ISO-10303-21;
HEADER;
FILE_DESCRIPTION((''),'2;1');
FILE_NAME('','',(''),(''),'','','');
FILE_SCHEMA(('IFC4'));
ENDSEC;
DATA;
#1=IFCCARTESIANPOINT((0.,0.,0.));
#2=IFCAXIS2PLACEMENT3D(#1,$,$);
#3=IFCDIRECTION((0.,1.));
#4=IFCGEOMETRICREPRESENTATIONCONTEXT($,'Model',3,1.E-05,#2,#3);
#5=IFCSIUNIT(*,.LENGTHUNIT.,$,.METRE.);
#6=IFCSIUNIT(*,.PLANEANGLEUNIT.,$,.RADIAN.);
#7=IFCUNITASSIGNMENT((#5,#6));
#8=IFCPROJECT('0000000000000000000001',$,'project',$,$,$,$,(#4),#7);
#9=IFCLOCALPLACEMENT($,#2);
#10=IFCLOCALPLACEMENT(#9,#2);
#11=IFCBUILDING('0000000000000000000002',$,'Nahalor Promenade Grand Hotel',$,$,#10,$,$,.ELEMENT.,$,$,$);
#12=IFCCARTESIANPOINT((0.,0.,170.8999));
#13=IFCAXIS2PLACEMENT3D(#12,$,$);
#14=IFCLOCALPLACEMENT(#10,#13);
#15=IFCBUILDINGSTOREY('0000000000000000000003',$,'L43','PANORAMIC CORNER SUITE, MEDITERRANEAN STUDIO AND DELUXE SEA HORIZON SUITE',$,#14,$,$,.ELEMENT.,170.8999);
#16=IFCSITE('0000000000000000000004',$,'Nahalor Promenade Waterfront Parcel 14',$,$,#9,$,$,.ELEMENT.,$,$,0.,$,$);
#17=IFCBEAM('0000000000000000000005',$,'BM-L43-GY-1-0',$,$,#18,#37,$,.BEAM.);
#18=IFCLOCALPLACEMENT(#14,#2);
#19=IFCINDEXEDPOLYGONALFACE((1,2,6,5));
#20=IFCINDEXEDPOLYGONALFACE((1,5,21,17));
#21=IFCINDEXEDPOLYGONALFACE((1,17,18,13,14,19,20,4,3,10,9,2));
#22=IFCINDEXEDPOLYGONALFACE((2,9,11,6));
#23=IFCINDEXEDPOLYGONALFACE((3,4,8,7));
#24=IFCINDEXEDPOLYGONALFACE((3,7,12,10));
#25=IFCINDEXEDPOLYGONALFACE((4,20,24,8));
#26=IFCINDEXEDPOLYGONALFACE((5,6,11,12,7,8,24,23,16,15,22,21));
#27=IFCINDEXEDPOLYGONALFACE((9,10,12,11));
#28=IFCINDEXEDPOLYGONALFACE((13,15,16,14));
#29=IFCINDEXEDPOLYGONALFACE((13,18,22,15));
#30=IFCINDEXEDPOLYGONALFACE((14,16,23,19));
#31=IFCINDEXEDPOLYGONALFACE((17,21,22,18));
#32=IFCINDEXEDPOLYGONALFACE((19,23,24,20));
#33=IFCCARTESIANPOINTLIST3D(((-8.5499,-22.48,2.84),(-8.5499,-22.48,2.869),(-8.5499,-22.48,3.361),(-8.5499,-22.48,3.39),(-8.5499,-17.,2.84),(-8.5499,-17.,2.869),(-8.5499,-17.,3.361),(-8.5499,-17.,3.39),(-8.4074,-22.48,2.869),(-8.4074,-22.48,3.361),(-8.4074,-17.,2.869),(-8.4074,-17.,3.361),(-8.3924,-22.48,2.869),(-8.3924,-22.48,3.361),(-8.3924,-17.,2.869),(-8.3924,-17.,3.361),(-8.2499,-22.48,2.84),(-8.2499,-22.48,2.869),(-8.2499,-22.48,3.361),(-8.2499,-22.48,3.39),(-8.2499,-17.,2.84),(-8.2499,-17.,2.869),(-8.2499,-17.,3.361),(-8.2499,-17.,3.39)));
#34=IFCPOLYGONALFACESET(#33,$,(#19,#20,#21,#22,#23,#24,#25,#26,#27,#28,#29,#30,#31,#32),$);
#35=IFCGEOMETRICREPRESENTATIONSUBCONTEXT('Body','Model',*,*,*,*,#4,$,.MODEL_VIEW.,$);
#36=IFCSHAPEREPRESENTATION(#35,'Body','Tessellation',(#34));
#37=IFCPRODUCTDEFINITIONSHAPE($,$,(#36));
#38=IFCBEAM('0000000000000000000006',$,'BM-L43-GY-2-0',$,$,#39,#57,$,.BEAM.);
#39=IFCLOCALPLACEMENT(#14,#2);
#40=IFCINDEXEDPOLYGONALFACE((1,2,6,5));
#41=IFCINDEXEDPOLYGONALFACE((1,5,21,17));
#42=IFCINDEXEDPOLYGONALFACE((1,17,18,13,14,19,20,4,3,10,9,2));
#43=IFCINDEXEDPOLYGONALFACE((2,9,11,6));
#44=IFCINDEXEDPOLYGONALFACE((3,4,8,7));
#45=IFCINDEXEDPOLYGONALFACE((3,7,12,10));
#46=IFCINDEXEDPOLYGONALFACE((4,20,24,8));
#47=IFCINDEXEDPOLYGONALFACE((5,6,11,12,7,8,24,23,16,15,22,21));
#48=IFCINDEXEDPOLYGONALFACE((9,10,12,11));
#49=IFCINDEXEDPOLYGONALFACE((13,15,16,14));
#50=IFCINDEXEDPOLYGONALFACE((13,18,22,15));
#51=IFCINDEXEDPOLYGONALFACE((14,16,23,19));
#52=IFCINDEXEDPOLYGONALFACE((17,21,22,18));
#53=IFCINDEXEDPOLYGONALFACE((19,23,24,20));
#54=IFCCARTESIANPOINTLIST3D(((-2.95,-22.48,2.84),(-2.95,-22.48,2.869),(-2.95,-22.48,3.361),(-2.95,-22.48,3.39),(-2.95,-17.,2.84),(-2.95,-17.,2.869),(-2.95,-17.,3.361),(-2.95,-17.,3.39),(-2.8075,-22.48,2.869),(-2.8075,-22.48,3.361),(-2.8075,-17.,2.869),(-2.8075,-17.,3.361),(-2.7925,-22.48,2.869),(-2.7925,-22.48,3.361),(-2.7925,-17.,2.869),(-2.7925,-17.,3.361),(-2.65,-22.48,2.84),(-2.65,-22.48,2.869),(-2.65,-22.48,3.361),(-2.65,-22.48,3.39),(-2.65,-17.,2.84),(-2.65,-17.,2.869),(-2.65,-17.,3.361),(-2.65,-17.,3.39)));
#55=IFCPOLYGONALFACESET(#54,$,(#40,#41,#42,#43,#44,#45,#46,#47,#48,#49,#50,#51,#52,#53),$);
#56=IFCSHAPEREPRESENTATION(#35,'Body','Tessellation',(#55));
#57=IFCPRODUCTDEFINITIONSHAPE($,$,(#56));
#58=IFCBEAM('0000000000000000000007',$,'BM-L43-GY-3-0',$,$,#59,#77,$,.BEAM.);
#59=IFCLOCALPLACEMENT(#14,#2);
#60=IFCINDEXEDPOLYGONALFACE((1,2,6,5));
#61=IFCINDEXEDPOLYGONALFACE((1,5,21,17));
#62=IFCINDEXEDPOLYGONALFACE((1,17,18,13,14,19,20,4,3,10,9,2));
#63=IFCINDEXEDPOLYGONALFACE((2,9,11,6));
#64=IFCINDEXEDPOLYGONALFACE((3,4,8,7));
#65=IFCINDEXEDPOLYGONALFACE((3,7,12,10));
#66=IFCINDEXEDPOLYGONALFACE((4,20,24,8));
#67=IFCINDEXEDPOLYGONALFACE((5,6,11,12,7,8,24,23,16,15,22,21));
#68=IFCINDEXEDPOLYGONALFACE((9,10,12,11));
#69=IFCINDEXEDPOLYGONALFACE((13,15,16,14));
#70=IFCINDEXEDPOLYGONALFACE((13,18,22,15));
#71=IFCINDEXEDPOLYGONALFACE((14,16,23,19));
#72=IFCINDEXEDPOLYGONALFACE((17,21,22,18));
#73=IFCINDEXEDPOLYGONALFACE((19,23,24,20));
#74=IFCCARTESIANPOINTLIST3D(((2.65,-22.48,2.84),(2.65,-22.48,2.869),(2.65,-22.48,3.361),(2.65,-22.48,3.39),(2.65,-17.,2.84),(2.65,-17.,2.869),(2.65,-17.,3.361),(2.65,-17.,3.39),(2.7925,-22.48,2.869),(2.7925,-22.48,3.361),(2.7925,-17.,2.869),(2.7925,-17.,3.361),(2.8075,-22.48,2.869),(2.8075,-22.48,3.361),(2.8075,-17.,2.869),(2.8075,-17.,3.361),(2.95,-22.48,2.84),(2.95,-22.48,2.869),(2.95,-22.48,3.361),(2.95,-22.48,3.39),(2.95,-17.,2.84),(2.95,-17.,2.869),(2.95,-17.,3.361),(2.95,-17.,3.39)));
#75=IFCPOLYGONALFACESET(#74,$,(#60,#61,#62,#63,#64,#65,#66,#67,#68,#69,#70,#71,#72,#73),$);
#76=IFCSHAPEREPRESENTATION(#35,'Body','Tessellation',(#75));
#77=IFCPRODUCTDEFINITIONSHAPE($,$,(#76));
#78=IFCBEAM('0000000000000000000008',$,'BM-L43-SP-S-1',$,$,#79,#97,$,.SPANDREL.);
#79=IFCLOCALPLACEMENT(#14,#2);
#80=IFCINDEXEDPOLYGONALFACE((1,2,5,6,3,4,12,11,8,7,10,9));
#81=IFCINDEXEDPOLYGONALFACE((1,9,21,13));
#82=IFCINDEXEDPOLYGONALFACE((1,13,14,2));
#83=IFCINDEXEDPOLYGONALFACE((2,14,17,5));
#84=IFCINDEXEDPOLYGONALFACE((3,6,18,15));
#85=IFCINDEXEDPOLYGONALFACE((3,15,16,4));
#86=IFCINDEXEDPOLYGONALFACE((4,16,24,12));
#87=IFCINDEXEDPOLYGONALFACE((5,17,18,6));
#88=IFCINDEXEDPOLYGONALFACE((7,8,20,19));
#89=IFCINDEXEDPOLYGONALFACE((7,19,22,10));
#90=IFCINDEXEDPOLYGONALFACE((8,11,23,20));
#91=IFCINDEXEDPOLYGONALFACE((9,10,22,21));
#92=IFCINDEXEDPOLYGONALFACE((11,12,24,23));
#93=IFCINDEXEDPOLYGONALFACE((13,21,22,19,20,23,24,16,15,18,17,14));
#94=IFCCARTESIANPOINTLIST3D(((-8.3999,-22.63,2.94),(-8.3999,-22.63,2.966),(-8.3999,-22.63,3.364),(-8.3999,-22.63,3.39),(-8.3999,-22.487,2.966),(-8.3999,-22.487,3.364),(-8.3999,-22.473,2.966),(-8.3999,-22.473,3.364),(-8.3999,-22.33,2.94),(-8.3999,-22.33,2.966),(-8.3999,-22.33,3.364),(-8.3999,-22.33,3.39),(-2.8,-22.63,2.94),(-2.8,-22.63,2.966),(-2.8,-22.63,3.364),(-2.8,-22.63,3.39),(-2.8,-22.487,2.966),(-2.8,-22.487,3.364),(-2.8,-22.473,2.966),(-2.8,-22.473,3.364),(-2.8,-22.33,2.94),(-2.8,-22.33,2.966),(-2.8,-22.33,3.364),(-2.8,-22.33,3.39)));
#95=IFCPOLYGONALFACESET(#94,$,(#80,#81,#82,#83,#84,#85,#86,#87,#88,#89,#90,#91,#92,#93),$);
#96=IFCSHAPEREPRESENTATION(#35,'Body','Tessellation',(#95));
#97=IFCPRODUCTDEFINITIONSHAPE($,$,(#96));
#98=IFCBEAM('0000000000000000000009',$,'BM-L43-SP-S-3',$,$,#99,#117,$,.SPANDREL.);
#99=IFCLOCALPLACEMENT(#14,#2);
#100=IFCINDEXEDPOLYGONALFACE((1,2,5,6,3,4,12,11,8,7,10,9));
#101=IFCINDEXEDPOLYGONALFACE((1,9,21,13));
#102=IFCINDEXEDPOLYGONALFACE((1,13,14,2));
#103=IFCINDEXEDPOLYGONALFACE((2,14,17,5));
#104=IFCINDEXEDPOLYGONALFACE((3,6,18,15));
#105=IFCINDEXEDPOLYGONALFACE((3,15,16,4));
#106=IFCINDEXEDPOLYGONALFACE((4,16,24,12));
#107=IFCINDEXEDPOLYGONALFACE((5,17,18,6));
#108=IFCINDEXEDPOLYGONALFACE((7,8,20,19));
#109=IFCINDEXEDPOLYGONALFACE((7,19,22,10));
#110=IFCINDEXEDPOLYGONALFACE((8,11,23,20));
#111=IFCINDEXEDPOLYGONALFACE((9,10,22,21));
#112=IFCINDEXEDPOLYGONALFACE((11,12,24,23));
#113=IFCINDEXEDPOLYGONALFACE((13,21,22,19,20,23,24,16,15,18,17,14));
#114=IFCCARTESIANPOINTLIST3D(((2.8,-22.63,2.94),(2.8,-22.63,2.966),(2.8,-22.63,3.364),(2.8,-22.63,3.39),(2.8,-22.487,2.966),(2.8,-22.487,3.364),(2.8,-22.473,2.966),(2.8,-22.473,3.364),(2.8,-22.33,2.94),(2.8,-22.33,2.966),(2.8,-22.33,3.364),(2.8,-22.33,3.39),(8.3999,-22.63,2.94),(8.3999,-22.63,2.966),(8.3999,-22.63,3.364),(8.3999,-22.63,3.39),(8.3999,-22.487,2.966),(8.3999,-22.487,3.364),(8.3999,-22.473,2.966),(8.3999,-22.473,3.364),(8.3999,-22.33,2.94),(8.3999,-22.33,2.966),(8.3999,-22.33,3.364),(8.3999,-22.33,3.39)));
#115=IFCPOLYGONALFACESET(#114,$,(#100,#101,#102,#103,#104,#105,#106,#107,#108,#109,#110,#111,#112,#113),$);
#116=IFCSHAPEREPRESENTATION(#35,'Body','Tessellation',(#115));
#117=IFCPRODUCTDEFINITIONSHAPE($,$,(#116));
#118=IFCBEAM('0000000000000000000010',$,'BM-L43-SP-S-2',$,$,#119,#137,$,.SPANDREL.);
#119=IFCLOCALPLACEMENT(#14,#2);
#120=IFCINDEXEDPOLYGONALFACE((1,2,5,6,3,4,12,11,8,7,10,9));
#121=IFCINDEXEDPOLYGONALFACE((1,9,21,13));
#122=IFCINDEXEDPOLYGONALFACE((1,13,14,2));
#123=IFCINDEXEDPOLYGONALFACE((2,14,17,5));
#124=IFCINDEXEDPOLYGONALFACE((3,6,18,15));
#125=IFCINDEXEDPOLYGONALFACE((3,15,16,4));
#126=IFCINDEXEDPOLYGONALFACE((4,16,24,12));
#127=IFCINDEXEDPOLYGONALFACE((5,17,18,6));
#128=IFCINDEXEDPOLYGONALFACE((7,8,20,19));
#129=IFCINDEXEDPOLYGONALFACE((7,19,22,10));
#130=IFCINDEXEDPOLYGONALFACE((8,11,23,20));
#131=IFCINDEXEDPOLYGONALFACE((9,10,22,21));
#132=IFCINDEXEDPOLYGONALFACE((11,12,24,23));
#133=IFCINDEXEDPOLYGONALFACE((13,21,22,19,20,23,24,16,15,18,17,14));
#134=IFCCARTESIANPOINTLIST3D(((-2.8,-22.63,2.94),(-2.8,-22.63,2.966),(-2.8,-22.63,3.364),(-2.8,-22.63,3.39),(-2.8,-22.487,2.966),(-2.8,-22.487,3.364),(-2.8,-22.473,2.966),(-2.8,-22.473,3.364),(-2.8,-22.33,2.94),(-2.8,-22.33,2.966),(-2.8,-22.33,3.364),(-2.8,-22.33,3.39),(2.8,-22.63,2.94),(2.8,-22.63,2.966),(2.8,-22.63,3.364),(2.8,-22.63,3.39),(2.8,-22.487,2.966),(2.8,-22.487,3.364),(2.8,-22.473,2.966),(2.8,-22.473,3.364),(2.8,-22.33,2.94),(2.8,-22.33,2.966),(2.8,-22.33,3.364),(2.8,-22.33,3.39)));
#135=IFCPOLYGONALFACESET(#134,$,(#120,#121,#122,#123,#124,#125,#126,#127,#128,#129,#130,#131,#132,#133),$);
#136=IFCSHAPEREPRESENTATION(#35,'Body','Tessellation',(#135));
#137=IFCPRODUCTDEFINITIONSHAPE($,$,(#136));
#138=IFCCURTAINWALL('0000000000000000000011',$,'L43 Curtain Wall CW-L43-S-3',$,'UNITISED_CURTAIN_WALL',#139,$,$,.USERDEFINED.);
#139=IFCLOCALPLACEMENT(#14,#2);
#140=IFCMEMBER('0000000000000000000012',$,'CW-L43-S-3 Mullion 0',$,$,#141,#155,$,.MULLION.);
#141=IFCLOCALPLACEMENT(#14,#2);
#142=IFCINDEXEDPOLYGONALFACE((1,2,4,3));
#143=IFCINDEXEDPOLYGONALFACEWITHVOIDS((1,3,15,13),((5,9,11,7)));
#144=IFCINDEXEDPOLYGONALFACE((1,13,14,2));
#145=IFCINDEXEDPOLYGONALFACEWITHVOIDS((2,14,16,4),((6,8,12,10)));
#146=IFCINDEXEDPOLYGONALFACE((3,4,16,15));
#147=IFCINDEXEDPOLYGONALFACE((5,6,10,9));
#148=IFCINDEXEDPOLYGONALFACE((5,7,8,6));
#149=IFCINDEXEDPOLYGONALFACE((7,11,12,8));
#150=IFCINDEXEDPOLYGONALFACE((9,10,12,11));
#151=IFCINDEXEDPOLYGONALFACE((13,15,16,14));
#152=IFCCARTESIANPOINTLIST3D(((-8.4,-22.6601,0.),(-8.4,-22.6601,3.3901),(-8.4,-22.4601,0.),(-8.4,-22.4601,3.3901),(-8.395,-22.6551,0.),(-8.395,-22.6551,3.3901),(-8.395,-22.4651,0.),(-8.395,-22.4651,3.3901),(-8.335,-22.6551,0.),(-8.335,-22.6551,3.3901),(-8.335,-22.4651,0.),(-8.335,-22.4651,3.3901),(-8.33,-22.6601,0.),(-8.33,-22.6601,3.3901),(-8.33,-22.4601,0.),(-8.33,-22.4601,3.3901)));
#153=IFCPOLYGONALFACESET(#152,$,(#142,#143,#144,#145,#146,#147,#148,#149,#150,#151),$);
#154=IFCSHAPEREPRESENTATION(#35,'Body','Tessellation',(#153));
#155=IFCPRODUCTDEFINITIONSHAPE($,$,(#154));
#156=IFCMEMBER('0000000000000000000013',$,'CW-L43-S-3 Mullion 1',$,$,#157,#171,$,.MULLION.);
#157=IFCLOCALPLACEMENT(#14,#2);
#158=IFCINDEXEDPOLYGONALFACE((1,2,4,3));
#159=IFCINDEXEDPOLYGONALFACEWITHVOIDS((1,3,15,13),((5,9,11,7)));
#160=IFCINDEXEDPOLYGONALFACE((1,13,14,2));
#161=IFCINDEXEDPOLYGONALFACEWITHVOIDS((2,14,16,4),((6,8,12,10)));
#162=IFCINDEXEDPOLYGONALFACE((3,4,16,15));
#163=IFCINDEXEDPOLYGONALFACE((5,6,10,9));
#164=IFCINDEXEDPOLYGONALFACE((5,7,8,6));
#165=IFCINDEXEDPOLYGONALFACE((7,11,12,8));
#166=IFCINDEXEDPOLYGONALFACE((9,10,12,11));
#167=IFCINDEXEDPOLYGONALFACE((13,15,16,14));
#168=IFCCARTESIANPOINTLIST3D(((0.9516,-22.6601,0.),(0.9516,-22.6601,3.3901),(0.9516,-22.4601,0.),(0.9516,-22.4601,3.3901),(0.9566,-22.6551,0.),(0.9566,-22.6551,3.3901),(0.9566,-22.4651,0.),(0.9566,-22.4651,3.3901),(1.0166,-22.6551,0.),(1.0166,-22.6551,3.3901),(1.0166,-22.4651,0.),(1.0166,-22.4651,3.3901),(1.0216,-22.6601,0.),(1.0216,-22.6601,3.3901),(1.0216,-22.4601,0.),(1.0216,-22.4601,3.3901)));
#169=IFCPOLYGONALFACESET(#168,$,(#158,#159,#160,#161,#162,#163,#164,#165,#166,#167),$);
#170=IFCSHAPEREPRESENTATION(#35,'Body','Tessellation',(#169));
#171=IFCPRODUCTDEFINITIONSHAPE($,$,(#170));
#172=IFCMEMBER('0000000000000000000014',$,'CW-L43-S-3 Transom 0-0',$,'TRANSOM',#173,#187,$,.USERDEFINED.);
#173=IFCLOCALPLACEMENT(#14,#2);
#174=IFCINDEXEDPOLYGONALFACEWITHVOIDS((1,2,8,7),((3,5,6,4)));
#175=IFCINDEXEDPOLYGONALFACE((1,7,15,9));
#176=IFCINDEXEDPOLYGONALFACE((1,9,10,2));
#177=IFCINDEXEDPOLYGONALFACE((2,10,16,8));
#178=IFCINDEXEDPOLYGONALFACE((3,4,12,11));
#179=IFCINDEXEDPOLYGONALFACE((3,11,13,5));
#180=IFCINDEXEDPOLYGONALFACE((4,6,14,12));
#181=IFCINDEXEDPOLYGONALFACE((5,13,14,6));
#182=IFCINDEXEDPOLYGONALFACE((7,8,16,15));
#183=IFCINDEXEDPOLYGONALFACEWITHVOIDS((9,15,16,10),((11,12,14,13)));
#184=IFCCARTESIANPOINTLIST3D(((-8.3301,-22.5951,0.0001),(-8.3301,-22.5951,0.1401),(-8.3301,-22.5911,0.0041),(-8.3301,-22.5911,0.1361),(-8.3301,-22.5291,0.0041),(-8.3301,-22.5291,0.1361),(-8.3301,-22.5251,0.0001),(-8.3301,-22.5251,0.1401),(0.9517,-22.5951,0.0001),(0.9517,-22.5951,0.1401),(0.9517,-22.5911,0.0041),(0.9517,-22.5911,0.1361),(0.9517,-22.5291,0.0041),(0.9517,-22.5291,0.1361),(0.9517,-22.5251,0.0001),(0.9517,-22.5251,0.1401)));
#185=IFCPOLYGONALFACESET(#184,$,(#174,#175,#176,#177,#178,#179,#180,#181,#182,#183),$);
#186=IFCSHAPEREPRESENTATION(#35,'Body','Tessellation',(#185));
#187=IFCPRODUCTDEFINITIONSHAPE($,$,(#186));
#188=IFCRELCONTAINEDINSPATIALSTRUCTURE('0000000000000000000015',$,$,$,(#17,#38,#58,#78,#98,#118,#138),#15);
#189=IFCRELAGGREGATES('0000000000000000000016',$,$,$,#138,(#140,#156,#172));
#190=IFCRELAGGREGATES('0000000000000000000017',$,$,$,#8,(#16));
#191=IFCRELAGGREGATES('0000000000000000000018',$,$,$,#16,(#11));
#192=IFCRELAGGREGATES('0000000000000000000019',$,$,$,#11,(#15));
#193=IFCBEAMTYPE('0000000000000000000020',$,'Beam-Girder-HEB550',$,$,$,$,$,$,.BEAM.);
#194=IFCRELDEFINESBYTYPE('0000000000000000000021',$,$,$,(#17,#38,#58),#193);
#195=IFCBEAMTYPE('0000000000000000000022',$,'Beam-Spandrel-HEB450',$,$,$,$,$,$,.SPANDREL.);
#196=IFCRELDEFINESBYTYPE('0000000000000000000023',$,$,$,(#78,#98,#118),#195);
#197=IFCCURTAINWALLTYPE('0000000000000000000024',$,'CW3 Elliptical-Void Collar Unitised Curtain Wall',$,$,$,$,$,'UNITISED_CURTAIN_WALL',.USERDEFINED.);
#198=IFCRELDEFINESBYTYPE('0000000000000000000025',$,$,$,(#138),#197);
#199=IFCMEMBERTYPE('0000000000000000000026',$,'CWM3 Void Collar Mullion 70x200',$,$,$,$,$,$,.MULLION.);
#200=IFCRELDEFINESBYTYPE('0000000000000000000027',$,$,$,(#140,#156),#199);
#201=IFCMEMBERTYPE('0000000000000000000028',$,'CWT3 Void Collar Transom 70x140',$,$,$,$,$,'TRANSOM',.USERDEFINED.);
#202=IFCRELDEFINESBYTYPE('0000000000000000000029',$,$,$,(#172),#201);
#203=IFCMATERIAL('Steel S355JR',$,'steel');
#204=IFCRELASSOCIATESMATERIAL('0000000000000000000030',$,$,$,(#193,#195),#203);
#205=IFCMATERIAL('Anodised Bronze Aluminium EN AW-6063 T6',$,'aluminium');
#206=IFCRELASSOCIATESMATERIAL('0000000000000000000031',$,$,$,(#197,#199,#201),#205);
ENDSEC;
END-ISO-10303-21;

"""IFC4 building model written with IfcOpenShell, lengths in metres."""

from ifc_helpers import new_model, si_unit, direction, frame, origin, origin_2d, place, context, subcontext, project, spatial, hollow_rectangle, i_section, extrude, source, transform, mapped, material, material_profile, profile_set, type_object, element, aggregate, save


model = new_model("IFC4")

# Units and contexts
model_context = context("Model", 3, precision=1e-05, world=origin(), true_north=direction((0.0, 1.0)))
body_context = subcontext(model_context, "Body", "Model", "MODEL_VIEW")
ifc_project = project(units=[si_unit("LENGTHUNIT", "METRE"), si_unit("PLANEANGLEUNIT", "RADIAN")], contexts=[model_context])

# Site, building, storey
site_placement = place(None, origin())
site = spatial("IfcSite", under=ifc_project, at=site_placement, Name="Nahalor Promenade Waterfront Parcel 14", CompositionType="ELEMENT", RefElevation=0.0)
building_placement = place(site_placement, origin())
building = spatial("IfcBuilding", under=site, at=building_placement, Name="Nahalor Promenade Grand Hotel", CompositionType="ELEMENT")
storey_placement = place(building_placement, frame((0.0, 0.0, 170.8999)))
storey = spatial("IfcBuildingStorey", under=building, at=storey_placement, Name="L43", Description="PANORAMIC CORNER SUITE, MEDITERRANEAN STUDIO AND DELUXE SEA HORIZON SUITE", CompositionType="ELEMENT", Elevation=170.8999)

# Beams
ifc_material_1 = material(Name="Steel S355JR", Category="steel")
ifc_material_profile_1 = material_profile(ifc_material_1, i_section(OverallWidth=0.3, OverallDepth=0.55, WebThickness=0.015, FlangeThickness=0.029, at=origin_2d()), Name="HEB 550")
ifc_profile_set_1 = profile_set([ifc_material_profile_1], Name="Steel S355JR")
beam_type_1 = type_object("IfcBeamType", Name="Beam-Girder-HEB550", PredefinedType="BEAM", material=ifc_profile_set_1)
shared_shape_1 = source(origin(), body_context, "Body", "SweptSolid", [
    extrude(i_section(OverallWidth=0.3, OverallDepth=0.55, WebThickness=0.015, FlangeThickness=0.029, at=origin_2d()), origin(), (0.0, 0.0, 1.0), 5.48),
])
for number, where, z_axis, x_axis, name in (
    (1, (-8.3999, -22.48, 3.115), (0.0, 1.0, 0.0), (-1.0, 0.0, 0.0), "BM-L43-GY-1-0"),
    (2, (-2.8, -22.48, 3.115), (0.0, 1.0, 0.0), (-1.0, 0.0, 0.0), "BM-L43-GY-2-0"),
    (3, (2.8, -22.48, 3.115), (0.0, 1.0, 0.0), (-1.0, 0.0, 0.0), "BM-L43-GY-3-0"),
):
    element("IfcBeam", number, at=place(storey_placement, frame(where, z_axis=z_axis, x_axis=x_axis)), inside=storey, type_object=beam_type_1, Name=name, PredefinedType="BEAM", context=body_context, shape_type="MappedRepresentation", body=[
        mapped(shared_shape_1, transform((0.0, 0.0, 0.0), scale=1.0)),
    ])
ifc_material_profile_2 = material_profile(ifc_material_1, i_section(OverallWidth=0.3, OverallDepth=0.45, WebThickness=0.014, FlangeThickness=0.026, at=origin_2d()), Name="HEB 450")
ifc_profile_set_2 = profile_set([ifc_material_profile_2], Name="Steel S355JR")
beam_type_2 = type_object("IfcBeamType", Name="Beam-Spandrel-HEB450", PredefinedType="SPANDREL", material=ifc_profile_set_2)
shared_shape_2 = source(origin(), body_context, "Body", "SweptSolid", [
    extrude(i_section(OverallWidth=0.3, OverallDepth=0.45, WebThickness=0.014, FlangeThickness=0.026, at=origin_2d()), origin(), (0.0, 0.0, 1.0), 5.5999),
])
for number, where, z_axis, x_axis, name in (
    (4, (-8.3999, -22.48, 3.165), (1.0, 0.0, 0.0), (0.0, 1.0, 0.0), "BM-L43-SP-S-1"),
    (5, (2.8, -22.48, 3.165), (1.0, 0.0, 0.0), (0.0, 1.0, 0.0), "BM-L43-SP-S-3"),
):
    element("IfcBeam", number, at=place(storey_placement, frame(where, z_axis=z_axis, x_axis=x_axis)), inside=storey, type_object=beam_type_2, Name=name, PredefinedType="SPANDREL", context=body_context, shape_type="MappedRepresentation", body=[
        mapped(shared_shape_2, transform((0.0, 0.0, 0.0), scale=1.0)),
    ])
shared_shape_3 = source(origin(), body_context, "Body", "SweptSolid", [
    extrude(i_section(OverallWidth=0.3, OverallDepth=0.45, WebThickness=0.014, FlangeThickness=0.026, at=origin_2d()), origin(), (0.0, 0.0, 1.0), 5.6001),
])
beam_1_placement = place(storey_placement, frame((-2.8, -22.48, 3.165), z_axis=(1.0, 0.0, 0.0), x_axis=(0.0, 1.0, 0.0)))
element("IfcBeam", 6, at=beam_1_placement, inside=storey, type_object=beam_type_2, Name="BM-L43-SP-S-2", PredefinedType="SPANDREL", context=body_context, shape_type="MappedRepresentation", body=[
    mapped(shared_shape_3, transform((0.0, 0.0, 0.0), scale=1.0)),
])

# Curtain wall, members
ifc_material_2 = material(Name="Anodised Bronze Aluminium EN AW-6063 T6", Category="aluminium")
curtain_wall_type = type_object("IfcCurtainWallType", Name="CW3 Elliptical-Void Collar Unitised Curtain Wall", ElementType="UNITISED_CURTAIN_WALL", PredefinedType="USERDEFINED", material=ifc_material_2)
curtain_wall_placement = place(storey_placement, origin())
curtain_wall = element("IfcCurtainWall", 7, at=curtain_wall_placement, inside=storey, type_object=curtain_wall_type, Name="L43 Curtain Wall CW-L43-S-3", ObjectType="UNITISED_CURTAIN_WALL", PredefinedType="USERDEFINED")
ifc_material_profile_3 = material_profile(ifc_material_2, hollow_rectangle(XDim=0.07, YDim=0.2, WallThickness=0.005, at=origin_2d()), Name="CWM 70x200x5")
ifc_profile_set_3 = profile_set([ifc_material_profile_3], Name="Anodised Bronze Aluminium EN AW-6063 T6")
member_type_1 = type_object("IfcMemberType", Name="CWM3 Void Collar Mullion 70x200", PredefinedType="MULLION", material=ifc_profile_set_3)
shared_shape_4 = source(origin(), body_context, "Body", "SweptSolid", [
    extrude(hollow_rectangle(XDim=0.07, YDim=0.2, WallThickness=0.005, at=origin_2d()), origin(), (0.0, 0.0, 1.0), 3.3901),
])
member_1_placement = place(storey_placement, frame((-8.365, -22.5601, 0.0), z_axis=(0.0, 0.0, 1.0), x_axis=(1.0, 0.0, 0.0)))
member_1 = element("IfcMember", 8, at=member_1_placement, type_object=member_type_1, Name="CW-L43-S-3 Mullion 0", PredefinedType="MULLION", context=body_context, shape_type="MappedRepresentation", body=[
    mapped(shared_shape_4, transform((0.0, 0.0, 0.0), scale=1.0)),
])
member_2_placement = place(storey_placement, frame((0.9866, -22.5601, 0.0), z_axis=(0.0, 0.0, 1.0), x_axis=(1.0, 0.0, 0.0)))
member_2 = element("IfcMember", 9, at=member_2_placement, type_object=member_type_1, Name="CW-L43-S-3 Mullion 1", PredefinedType="MULLION", context=body_context, shape_type="MappedRepresentation", body=[
    mapped(shared_shape_4, transform((0.0, 0.0, 0.0), scale=1.0)),
])
ifc_material_profile_4 = material_profile(ifc_material_2, hollow_rectangle(XDim=0.07, YDim=0.14, WallThickness=0.004, at=origin_2d()), Name="CWT 70x140x4")
ifc_profile_set_4 = profile_set([ifc_material_profile_4], Name="Anodised Bronze Aluminium EN AW-6063 T6")
member_type_2 = type_object("IfcMemberType", Name="CWT3 Void Collar Transom 70x140", ElementType="TRANSOM", PredefinedType="USERDEFINED", material=ifc_profile_set_4)
shared_shape_5 = source(origin(), body_context, "Body", "SweptSolid", [
    extrude(hollow_rectangle(XDim=0.07, YDim=0.14, WallThickness=0.004, at=origin_2d()), origin(), (0.0, 0.0, 1.0), 9.2817),
])
member_3_placement = place(storey_placement, frame((-8.3301, -22.5601, 0.0701), z_axis=(1.0, 0.0, 0.0), x_axis=(0.0, 1.0, 0.0)))
member_3 = element("IfcMember", 10, at=member_3_placement, type_object=member_type_2, Name="CW-L43-S-3 Transom 0-0", ObjectType="TRANSOM", PredefinedType="USERDEFINED", context=body_context, shape_type="MappedRepresentation", body=[
    mapped(shared_shape_5, transform((0.0, 0.0, 0.0), scale=1.0)),
])
aggregate(curtain_wall, [member_1, member_2, member_3])

save(model, "model.ifc")
